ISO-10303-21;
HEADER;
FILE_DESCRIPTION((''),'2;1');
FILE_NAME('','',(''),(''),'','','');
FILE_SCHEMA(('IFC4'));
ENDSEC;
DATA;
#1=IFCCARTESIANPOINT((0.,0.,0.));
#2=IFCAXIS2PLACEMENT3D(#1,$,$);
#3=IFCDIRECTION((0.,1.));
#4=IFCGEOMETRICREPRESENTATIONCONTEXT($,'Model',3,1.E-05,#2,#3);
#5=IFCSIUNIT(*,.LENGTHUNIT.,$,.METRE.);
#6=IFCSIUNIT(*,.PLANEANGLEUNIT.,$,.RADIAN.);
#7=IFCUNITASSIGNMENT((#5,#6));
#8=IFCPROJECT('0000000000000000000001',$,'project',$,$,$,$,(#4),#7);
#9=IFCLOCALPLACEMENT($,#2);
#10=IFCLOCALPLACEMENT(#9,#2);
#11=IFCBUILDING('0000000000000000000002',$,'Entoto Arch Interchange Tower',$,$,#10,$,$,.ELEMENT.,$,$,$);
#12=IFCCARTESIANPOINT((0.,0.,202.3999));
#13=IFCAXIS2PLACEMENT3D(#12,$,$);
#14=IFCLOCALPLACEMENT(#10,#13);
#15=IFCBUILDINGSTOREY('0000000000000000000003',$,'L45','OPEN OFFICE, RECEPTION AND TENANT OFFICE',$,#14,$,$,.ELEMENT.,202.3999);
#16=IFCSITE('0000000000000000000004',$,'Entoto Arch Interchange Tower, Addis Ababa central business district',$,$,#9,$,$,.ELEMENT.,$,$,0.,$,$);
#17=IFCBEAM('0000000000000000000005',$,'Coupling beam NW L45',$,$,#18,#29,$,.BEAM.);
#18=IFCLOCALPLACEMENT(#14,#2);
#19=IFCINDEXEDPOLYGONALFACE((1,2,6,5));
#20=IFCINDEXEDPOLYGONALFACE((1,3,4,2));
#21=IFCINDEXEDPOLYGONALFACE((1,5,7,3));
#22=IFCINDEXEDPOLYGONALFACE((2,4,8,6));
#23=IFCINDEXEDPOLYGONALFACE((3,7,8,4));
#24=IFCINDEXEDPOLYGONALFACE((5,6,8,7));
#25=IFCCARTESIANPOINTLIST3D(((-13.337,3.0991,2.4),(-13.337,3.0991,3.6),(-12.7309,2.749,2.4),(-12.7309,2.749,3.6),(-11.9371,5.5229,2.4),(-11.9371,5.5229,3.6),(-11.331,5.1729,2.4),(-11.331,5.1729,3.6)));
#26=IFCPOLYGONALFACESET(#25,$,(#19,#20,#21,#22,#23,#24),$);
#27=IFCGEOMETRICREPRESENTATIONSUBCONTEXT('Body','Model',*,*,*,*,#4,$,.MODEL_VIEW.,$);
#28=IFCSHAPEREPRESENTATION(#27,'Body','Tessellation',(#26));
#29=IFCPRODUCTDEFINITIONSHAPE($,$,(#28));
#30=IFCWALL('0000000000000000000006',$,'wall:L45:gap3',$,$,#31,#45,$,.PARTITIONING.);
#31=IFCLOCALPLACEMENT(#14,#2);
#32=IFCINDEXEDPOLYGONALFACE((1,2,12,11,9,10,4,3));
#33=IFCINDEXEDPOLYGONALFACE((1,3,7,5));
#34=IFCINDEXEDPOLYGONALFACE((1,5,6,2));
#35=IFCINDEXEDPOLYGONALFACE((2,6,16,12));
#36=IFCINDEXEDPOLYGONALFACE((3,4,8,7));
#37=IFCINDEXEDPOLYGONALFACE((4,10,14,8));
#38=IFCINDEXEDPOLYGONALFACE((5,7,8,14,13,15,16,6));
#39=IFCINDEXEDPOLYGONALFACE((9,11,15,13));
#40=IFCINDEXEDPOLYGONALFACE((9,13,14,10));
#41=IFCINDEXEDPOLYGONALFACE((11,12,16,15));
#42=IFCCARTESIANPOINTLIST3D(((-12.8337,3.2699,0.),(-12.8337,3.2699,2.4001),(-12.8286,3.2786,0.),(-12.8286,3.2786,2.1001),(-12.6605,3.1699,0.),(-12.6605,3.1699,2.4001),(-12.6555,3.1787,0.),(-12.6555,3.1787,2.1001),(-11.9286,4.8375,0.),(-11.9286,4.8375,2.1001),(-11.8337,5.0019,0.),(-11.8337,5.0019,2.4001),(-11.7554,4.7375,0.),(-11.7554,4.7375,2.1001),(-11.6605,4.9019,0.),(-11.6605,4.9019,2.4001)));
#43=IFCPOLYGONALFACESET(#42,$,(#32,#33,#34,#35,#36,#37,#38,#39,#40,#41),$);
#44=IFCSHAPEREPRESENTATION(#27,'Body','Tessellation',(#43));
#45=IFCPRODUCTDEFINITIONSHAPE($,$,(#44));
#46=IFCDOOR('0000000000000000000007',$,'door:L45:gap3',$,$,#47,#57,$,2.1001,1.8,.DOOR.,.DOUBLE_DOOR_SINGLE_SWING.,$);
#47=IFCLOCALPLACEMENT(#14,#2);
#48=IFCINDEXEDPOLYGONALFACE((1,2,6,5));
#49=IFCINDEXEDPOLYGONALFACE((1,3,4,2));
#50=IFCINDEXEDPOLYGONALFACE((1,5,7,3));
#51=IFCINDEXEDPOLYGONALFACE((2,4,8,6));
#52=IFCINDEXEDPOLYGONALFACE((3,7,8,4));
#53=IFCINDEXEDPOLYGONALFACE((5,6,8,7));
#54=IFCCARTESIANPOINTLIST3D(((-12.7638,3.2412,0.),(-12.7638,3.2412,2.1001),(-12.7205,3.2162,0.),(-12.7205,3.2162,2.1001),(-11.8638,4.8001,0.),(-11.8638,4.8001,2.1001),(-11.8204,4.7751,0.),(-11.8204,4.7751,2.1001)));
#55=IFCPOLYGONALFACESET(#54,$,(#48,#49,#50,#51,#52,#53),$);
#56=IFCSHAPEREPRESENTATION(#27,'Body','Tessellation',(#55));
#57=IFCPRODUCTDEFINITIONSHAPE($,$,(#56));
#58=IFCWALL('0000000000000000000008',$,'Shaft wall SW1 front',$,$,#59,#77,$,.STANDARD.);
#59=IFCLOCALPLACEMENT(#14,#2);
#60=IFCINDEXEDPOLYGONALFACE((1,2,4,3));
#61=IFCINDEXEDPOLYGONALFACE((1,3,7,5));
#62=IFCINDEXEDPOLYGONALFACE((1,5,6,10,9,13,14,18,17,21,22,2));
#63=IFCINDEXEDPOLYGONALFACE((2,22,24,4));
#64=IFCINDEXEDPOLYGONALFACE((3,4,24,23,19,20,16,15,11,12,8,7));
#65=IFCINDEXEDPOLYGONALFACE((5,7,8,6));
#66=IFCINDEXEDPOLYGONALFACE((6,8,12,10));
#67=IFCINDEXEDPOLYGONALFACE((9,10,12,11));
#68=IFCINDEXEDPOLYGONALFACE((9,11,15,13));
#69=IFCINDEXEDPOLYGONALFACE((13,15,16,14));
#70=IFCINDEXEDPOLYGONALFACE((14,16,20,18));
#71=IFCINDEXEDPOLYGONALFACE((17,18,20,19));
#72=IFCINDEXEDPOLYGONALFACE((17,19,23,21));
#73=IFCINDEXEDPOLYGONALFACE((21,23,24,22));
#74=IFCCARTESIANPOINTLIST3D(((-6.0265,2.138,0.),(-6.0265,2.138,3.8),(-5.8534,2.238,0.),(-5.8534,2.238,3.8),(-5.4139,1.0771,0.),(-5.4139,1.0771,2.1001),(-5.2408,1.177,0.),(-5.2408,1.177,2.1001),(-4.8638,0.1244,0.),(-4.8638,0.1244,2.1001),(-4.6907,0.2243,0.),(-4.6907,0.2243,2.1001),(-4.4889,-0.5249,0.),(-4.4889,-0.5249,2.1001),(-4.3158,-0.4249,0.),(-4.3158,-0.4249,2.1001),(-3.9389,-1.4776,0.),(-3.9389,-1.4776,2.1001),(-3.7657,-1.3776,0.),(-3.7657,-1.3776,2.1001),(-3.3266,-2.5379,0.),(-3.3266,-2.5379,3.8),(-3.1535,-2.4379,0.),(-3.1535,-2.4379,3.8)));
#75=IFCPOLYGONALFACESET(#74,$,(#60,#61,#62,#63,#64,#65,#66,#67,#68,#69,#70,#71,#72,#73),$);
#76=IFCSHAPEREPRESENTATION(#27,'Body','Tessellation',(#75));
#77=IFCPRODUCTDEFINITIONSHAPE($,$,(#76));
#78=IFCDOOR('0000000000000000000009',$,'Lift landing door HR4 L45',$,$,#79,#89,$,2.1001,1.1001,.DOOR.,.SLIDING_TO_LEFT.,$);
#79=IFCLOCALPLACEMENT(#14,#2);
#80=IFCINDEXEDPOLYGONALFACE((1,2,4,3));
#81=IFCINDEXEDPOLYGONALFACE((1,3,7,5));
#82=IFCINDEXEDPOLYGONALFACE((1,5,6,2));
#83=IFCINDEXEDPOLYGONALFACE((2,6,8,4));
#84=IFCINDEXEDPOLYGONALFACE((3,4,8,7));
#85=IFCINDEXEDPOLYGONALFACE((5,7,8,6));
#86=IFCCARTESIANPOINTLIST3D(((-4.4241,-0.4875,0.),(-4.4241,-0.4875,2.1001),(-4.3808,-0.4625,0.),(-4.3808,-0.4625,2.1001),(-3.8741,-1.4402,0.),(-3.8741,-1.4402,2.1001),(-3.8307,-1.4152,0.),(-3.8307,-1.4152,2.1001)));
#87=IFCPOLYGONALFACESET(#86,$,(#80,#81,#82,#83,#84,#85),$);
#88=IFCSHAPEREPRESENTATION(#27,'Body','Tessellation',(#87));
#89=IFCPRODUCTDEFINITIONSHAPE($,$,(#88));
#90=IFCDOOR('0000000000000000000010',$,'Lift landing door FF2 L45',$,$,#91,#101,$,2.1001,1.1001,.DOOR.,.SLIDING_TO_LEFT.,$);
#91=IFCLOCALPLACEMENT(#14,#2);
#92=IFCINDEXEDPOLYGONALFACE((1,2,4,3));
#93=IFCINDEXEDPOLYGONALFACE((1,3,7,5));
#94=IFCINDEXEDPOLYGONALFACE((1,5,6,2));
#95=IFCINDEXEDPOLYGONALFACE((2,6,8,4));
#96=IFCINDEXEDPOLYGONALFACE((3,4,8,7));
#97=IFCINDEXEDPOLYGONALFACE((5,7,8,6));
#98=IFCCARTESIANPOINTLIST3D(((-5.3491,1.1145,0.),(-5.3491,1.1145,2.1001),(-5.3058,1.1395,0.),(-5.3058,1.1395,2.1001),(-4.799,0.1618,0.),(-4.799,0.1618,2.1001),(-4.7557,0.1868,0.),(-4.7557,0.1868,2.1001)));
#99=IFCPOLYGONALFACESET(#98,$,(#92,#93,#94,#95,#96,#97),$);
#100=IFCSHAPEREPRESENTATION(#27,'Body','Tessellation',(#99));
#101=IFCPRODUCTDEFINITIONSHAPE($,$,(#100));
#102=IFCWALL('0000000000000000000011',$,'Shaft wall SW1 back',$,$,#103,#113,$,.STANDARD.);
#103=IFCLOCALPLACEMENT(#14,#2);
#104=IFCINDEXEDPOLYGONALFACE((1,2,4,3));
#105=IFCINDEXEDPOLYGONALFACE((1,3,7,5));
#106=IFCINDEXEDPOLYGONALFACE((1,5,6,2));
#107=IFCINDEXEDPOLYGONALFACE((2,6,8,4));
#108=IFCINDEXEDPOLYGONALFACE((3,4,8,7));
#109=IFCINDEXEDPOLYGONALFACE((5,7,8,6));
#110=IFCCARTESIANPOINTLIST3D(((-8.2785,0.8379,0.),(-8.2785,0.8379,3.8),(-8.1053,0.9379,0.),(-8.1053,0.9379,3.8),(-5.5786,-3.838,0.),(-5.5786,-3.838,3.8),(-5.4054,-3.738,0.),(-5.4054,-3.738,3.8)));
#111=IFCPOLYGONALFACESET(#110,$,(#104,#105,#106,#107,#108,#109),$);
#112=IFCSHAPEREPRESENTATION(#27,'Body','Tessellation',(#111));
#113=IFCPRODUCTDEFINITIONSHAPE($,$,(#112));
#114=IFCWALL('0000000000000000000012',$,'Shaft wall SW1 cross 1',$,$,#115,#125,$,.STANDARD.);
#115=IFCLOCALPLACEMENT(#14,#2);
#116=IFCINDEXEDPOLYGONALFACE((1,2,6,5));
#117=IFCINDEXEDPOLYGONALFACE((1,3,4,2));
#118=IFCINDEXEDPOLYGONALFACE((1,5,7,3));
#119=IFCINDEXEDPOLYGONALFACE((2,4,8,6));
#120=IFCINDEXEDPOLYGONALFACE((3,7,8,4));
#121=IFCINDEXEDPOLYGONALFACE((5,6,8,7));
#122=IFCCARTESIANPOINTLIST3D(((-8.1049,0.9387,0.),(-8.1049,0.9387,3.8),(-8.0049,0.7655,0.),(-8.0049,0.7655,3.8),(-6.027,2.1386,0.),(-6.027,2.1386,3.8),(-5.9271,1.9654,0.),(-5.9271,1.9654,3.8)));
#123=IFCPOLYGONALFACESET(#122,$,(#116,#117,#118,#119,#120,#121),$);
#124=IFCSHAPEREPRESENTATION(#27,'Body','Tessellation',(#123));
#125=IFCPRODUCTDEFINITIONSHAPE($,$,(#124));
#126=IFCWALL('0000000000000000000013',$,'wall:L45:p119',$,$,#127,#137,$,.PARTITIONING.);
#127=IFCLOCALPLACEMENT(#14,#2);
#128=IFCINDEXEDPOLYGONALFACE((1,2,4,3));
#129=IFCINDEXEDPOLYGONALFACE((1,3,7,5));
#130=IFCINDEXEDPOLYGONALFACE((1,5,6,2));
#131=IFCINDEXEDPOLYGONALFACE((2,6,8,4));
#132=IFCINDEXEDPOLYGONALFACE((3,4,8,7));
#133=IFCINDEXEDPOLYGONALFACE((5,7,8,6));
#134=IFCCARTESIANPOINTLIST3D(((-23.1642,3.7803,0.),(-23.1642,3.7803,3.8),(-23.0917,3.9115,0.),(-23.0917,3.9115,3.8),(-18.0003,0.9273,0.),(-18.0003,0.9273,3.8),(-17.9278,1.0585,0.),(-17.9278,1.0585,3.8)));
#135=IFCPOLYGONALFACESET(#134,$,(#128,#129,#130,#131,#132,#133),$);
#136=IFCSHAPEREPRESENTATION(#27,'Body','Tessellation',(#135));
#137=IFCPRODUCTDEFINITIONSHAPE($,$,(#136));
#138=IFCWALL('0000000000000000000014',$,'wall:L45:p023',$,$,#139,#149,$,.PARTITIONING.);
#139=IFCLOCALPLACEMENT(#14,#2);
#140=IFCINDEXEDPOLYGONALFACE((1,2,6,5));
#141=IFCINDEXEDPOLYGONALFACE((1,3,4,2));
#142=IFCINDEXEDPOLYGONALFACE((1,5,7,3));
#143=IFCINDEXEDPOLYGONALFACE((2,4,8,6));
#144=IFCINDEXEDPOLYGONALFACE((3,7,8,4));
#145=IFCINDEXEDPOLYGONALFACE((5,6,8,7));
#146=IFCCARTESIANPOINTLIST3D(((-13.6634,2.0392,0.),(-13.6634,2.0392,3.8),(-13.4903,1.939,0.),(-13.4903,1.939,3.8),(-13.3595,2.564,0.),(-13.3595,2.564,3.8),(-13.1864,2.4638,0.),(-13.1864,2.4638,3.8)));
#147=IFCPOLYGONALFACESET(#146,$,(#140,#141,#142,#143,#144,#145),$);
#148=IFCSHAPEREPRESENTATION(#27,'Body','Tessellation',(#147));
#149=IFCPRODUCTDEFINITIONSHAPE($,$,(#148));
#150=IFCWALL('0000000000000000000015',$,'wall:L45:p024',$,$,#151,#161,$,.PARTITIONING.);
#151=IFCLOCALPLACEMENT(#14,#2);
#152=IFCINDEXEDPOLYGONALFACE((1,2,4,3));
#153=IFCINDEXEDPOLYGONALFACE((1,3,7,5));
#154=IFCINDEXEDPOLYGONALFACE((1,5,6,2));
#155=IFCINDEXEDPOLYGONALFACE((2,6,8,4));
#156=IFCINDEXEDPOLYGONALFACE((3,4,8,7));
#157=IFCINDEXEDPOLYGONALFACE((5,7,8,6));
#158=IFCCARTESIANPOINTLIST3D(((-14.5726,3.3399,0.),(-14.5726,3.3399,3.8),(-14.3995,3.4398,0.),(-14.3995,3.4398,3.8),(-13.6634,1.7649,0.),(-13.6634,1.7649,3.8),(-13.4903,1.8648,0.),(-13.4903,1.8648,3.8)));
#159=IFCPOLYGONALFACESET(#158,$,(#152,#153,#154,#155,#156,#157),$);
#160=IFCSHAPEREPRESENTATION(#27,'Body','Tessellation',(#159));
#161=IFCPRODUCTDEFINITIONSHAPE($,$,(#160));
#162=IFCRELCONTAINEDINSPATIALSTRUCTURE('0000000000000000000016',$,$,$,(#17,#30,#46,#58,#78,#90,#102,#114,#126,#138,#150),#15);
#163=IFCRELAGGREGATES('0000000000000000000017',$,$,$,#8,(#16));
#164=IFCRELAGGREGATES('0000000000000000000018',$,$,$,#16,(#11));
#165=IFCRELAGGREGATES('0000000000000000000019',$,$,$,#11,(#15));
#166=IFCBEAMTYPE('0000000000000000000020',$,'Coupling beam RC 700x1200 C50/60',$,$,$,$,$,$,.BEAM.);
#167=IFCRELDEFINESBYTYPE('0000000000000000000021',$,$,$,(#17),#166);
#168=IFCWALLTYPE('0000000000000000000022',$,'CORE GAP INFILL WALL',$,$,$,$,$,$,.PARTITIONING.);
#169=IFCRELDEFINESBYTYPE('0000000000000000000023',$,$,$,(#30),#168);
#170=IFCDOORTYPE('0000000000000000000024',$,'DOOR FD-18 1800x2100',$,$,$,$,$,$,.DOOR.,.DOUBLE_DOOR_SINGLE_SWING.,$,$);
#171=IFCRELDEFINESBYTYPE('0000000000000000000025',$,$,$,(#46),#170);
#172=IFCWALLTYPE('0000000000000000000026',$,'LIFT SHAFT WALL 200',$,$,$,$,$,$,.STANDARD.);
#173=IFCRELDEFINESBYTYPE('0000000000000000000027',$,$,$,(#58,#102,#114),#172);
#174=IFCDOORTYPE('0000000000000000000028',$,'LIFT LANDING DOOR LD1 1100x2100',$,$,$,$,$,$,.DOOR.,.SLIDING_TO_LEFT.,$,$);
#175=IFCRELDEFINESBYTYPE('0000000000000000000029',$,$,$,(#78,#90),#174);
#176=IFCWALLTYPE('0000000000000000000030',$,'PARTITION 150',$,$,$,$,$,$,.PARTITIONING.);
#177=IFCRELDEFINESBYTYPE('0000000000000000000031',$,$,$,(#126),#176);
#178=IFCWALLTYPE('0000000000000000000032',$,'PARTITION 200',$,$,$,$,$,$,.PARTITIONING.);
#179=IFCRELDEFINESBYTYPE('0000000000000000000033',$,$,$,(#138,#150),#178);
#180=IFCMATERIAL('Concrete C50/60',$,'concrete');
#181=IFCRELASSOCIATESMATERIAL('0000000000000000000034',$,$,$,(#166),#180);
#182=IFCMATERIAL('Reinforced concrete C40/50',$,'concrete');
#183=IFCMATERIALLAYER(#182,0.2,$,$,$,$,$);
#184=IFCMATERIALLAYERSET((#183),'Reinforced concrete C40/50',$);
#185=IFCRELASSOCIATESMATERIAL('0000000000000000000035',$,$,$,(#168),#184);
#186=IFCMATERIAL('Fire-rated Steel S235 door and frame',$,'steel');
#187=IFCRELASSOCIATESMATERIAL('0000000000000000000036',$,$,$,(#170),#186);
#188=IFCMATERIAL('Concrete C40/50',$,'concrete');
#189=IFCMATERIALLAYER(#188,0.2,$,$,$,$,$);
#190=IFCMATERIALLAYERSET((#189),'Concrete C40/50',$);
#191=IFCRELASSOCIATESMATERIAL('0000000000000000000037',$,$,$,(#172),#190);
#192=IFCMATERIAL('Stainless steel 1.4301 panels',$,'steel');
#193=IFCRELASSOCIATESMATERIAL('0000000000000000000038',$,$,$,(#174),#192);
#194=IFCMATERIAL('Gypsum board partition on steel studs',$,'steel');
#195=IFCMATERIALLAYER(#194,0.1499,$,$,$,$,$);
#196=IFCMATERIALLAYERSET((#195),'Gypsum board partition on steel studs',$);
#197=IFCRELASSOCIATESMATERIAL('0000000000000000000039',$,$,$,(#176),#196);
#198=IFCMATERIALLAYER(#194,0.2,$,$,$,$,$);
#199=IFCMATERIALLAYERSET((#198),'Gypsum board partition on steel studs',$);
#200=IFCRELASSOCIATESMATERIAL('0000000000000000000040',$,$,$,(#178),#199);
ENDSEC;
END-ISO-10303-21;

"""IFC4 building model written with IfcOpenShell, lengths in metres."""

from ifc_helpers import new_model, si_unit, direction, frame, frame_2d, origin, origin_2d, place, context, subcontext, project, spatial, rectangle, extrude, material, layer, layer_set, material_profile, profile_set, type_object, element, fill, save


model = new_model("IFC4")

# Units and contexts
model_context = context("Model", 3, precision=1e-05, world=origin(), true_north=direction((0.0, 1.0)))
body_context = subcontext(model_context, "Body", "Model", "MODEL_VIEW")
ifc_project = project(units=[si_unit("LENGTHUNIT", "METRE"), si_unit("PLANEANGLEUNIT", "RADIAN")], contexts=[model_context])

# Site, building, storey
site_placement = place(None, origin())
site = spatial("IfcSite", under=ifc_project, at=site_placement, Name="Entoto Arch Interchange Tower, Addis Ababa central business district", CompositionType="ELEMENT", RefElevation=0.0)
building_placement = place(site_placement, origin())
building = spatial("IfcBuilding", under=site, at=building_placement, Name="Entoto Arch Interchange Tower", CompositionType="ELEMENT")
storey_placement = place(building_placement, frame((0.0, 0.0, 202.3999)))
storey = spatial("IfcBuildingStorey", under=building, at=storey_placement, Name="L45", Description="OPEN OFFICE, RECEPTION AND TENANT OFFICE", CompositionType="ELEMENT", Elevation=202.3999)

# Beam
ifc_material_1 = material(Name="Concrete C50/60", Category="concrete")
ifc_material_profile = material_profile(ifc_material_1, rectangle(XDim=0.7, YDim=1.2, at=origin_2d()))
ifc_profile_set = profile_set([ifc_material_profile], Name="Concrete C50/60")
beam_type = type_object("IfcBeamType", Name="Coupling beam RC 700x1200 C50/60", PredefinedType="BEAM", material=ifc_profile_set)
beam_placement = place(storey_placement, frame((-11.634, 5.3479, 3.0), z_axis=(-0.500135, -0.865947, 0.0), x_axis=(0.865947, -0.500135, 0.0)))
element("IfcBeam", 1, at=beam_placement, inside=storey, type_object=beam_type, Name="Coupling beam NW L45", PredefinedType="BEAM", context=body_context, shape_type="SweptSolid", body=[
    extrude(rectangle(XDim=0.7, YDim=1.2, at=origin_2d()), origin(), (0.0, 0.0, 1.0), 2.7991),
])

# Wall, opening, door
ifc_material_2 = material(Name="Reinforced concrete C40/50", Category="concrete")
ifc_layer_1 = layer(ifc_material_2, 0.2)
ifc_layer_set_1 = layer_set([ifc_layer_1], Name="Reinforced concrete C40/50")
wall_type_1 = type_object("IfcWallType", Name="CORE GAP INFILL WALL", PredefinedType="PARTITIONING", material=ifc_layer_set_1)
wall_1_placement = place(storey_placement, frame((-11.7471, 4.9519, 0.0), z_axis=(0.0, 0.0, 1.0), x_axis=(-0.500025, -0.866011, 0.0)))
wall_1 = element("IfcWall", 2, at=wall_1_placement, inside=storey, type_object=wall_type_1, Name="wall:L45:gap3", PredefinedType="PARTITIONING", context=body_context, shape_type="SweptSolid", body=[
    extrude(rectangle(XDim=2.0, YDim=0.2, at=frame_2d((1.0, 0.0))), origin(), (0.0, 0.0, 1.0), 2.4001),
])
opening_1_placement = place(wall_1_placement, frame((0.1899, 0.0, 0.0)))
opening_1 = element("IfcOpeningElement", 3, at=opening_1_placement, cuts=wall_1, PredefinedType="OPENING", context=body_context, shape_type="SweptSolid", body=[
    extrude(rectangle(XDim=1.8, YDim=2.1001, at=frame_2d((0.8999, 1.05))), frame((0.0, 0.1099, 0.0), z_axis=(0.0, -1.0, 0.0), x_axis=(1.0, 0.0, 0.0)), (0.0, 0.0, 1.0), 0.22),
])
ifc_material_3 = material(Name="Fire-rated Steel S235 door and frame", Category="steel")
door_type_1 = type_object("IfcDoorType", Name="DOOR FD-18 1800x2100", OperationType="DOUBLE_DOOR_SINGLE_SWING", PredefinedType="DOOR", material=ifc_material_3)
door_1_placement = place(opening_1_placement, origin())
door_1 = element("IfcDoor", 4, at=door_1_placement, inside=storey, type_object=door_type_1, Name="door:L45:gap3", OperationType="DOUBLE_DOOR_SINGLE_SWING", OverallHeight=2.1001, OverallWidth=1.8, PredefinedType="DOOR", context=body_context, shape_type="SweptSolid", body=[
    extrude(rectangle(XDim=1.8, YDim=2.1001, at=frame_2d((0.8999, 1.05))), frame((0.0, 0.0249, 0.0), z_axis=(0.0, -1.0, 0.0), x_axis=(1.0, 0.0, 0.0)), (0.0, 0.0, 1.0), 0.05),
])
fill(opening_1, door_1)

# Wall, openings, doors
ifc_material_4 = material(Name="Concrete C40/50", Category="concrete")
ifc_layer_2 = layer(ifc_material_4, 0.2)
ifc_layer_set_2 = layer_set([ifc_layer_2], Name="Concrete C40/50")
wall_type_2 = type_object("IfcWallType", Name="LIFT SHAFT WALL 200", PredefinedType="STANDARD", material=ifc_layer_set_2)
wall_2_placement = place(storey_placement, frame((-5.9399, 2.188, 0.0), z_axis=(0.0, 0.0, 1.0), x_axis=(0.500034, -0.866006, 0.0)))
wall_2 = element("IfcWall", 5, at=wall_2_placement, inside=storey, type_object=wall_type_2, Name="Shaft wall SW1 front", PredefinedType="STANDARD", context=body_context, shape_type="SweptSolid", body=[
    extrude(rectangle(XDim=5.3994, YDim=0.2, at=frame_2d((2.6997, 0.0))), origin(), (0.0, 0.0, 1.0), 3.8),
])
opening_2_placement = place(wall_2_placement, frame((3.075, 0.0, 0.0)))
opening_2 = element("IfcOpeningElement", 6, at=opening_2_placement, cuts=wall_2, PredefinedType="OPENING", context=body_context, shape_type="SweptSolid", body=[
    extrude(rectangle(XDim=1.1001, YDim=2.1001, at=frame_2d((0.55, 1.05))), frame((0.0, 0.1099, 0.0), z_axis=(0.0, -1.0, 0.0), x_axis=(1.0, 0.0, 0.0)), (0.0, 0.0, 1.0), 0.22),
])
opening_3_placement = place(wall_2_placement, frame((1.2251, 0.0, 0.0)))
opening_3 = element("IfcOpeningElement", 7, at=opening_3_placement, cuts=wall_2, PredefinedType="OPENING", context=body_context, shape_type="SweptSolid", body=[
    extrude(rectangle(XDim=1.1001, YDim=2.1001, at=frame_2d((0.55, 1.05))), frame((0.0, 0.1099, 0.0), z_axis=(0.0, -1.0, 0.0), x_axis=(1.0, 0.0, 0.0)), (0.0, 0.0, 1.0), 0.22),
])
ifc_material_5 = material(Name="Stainless steel 1.4301 panels", Category="steel")
door_type_2 = type_object("IfcDoorType", Name="LIFT LANDING DOOR LD1 1100x2100", OperationType="SLIDING_TO_LEFT", PredefinedType="DOOR", material=ifc_material_5)
door_2_placement = place(opening_2_placement, origin())
door_2 = element("IfcDoor", 8, at=door_2_placement, inside=storey, type_object=door_type_2, Name="Lift landing door HR4 L45", OperationType="SLIDING_TO_LEFT", OverallHeight=2.1001, OverallWidth=1.1001, PredefinedType="DOOR", context=body_context, shape_type="SweptSolid", body=[
    extrude(rectangle(XDim=1.1001, YDim=2.1001, at=frame_2d((0.55, 1.05))), frame((0.0, 0.0249, 0.0), z_axis=(0.0, -1.0, 0.0), x_axis=(1.0, 0.0, 0.0)), (0.0, 0.0, 1.0), 0.05),
])
fill(opening_2, door_2)
door_3_placement = place(opening_3_placement, origin())
door_3 = element("IfcDoor", 9, at=door_3_placement, inside=storey, type_object=door_type_2, Name="Lift landing door FF2 L45", OperationType="SLIDING_TO_LEFT", OverallHeight=2.1001, OverallWidth=1.1001, PredefinedType="DOOR", context=body_context, shape_type="SweptSolid", body=[
    extrude(rectangle(XDim=1.1001, YDim=2.1001, at=frame_2d((0.55, 1.05))), frame((0.0, 0.0249, 0.0), z_axis=(0.0, -1.0, 0.0), x_axis=(1.0, 0.0, 0.0)), (0.0, 0.0, 1.0), 0.05),
])
fill(opening_3, door_3)

# Walls
wall_3_placement = place(storey_placement, frame((-8.1919, 0.8879, 0.0), z_axis=(0.0, 0.0, 1.0), x_axis=(0.500034, -0.866006, 0.0)))
element("IfcWall", 10, at=wall_3_placement, inside=storey, type_object=wall_type_2, Name="Shaft wall SW1 back", PredefinedType="STANDARD", context=body_context, shape_type="SweptSolid", body=[
    extrude(rectangle(XDim=5.3994, YDim=0.2, at=frame_2d((2.6997, 0.0))), origin(), (0.0, 0.0, 1.0), 3.8),
])
wall_4_placement = place(storey_placement, frame((-5.9771, 2.052, 0.0), z_axis=(0.0, 0.0, 1.0), x_axis=(-0.865974, -0.500089, 0.0)))
element("IfcWall", 11, at=wall_4_placement, inside=storey, type_object=wall_type_2, Name="Shaft wall SW1 cross 1", PredefinedType="STANDARD", context=body_context, shape_type="SweptSolid", body=[
    extrude(rectangle(XDim=2.3994, YDim=0.2, at=frame_2d((1.1997, 0.0))), origin(), (0.0, 0.0, 1.0), 3.8),
])
ifc_material_6 = material(Name="Gypsum board partition on steel studs", Category="steel")
ifc_layer_3 = layer(ifc_material_6, 0.1499)
ifc_layer_set_3 = layer_set([ifc_layer_3], Name="Gypsum board partition on steel studs")
wall_type_3 = type_object("IfcWallType", Name="PARTITION 150", PredefinedType="PARTITIONING", material=ifc_layer_set_3)
wall_5_placement = place(storey_placement, frame((-17.9641, 0.9929, 0.0), z_axis=(0.0, 0.0, 1.0), x_axis=(-0.875289, 0.4836, 0.0)))
element("IfcWall", 12, at=wall_5_placement, inside=storey, type_object=wall_type_3, Name="wall:L45:p119", PredefinedType="PARTITIONING", context=body_context, shape_type="SweptSolid", body=[
    extrude(rectangle(XDim=5.8997, YDim=0.1499, at=frame_2d((2.9497, 0.0))), origin(), (0.0, 0.0, 1.0), 3.8),
])
ifc_layer_4 = layer(ifc_material_6, 0.2)
ifc_layer_set_4 = layer_set([ifc_layer_4], Name="Gypsum board partition on steel studs")
wall_type_4 = type_object("IfcWallType", Name="PARTITION 200", PredefinedType="PARTITIONING", material=ifc_layer_set_4)
wall_6_placement = place(storey_placement, frame((-13.2729, 2.5139, 0.0), z_axis=(0.0, 0.0, 1.0), x_axis=(-0.501116, -0.86538, 0.0)))
element("IfcWall", 13, at=wall_6_placement, inside=storey, type_object=wall_type_4, Name="wall:L45:p023", PredefinedType="PARTITIONING", context=body_context, shape_type="SweptSolid", body=[
    extrude(rectangle(XDim=0.6064, YDim=0.2, at=frame_2d((0.3032, 0.0))), origin(), (0.0, 0.0, 1.0), 3.8),
])
wall_7_placement = place(storey_placement, frame((-13.5769, 1.8149, 0.0), z_axis=(0.0, 0.0, 1.0), x_axis=(-0.499951, 0.866054, 0.0)))
element("IfcWall", 14, at=wall_7_placement, inside=storey, type_object=wall_type_4, Name="wall:L45:p024", PredefinedType="PARTITIONING", context=body_context, shape_type="SweptSolid", body=[
    extrude(rectangle(XDim=1.8186, YDim=0.2, at=frame_2d((0.9092, 0.0))), origin(), (0.0, 0.0, 1.0), 3.8),
])

save(model, "model.ifc")
